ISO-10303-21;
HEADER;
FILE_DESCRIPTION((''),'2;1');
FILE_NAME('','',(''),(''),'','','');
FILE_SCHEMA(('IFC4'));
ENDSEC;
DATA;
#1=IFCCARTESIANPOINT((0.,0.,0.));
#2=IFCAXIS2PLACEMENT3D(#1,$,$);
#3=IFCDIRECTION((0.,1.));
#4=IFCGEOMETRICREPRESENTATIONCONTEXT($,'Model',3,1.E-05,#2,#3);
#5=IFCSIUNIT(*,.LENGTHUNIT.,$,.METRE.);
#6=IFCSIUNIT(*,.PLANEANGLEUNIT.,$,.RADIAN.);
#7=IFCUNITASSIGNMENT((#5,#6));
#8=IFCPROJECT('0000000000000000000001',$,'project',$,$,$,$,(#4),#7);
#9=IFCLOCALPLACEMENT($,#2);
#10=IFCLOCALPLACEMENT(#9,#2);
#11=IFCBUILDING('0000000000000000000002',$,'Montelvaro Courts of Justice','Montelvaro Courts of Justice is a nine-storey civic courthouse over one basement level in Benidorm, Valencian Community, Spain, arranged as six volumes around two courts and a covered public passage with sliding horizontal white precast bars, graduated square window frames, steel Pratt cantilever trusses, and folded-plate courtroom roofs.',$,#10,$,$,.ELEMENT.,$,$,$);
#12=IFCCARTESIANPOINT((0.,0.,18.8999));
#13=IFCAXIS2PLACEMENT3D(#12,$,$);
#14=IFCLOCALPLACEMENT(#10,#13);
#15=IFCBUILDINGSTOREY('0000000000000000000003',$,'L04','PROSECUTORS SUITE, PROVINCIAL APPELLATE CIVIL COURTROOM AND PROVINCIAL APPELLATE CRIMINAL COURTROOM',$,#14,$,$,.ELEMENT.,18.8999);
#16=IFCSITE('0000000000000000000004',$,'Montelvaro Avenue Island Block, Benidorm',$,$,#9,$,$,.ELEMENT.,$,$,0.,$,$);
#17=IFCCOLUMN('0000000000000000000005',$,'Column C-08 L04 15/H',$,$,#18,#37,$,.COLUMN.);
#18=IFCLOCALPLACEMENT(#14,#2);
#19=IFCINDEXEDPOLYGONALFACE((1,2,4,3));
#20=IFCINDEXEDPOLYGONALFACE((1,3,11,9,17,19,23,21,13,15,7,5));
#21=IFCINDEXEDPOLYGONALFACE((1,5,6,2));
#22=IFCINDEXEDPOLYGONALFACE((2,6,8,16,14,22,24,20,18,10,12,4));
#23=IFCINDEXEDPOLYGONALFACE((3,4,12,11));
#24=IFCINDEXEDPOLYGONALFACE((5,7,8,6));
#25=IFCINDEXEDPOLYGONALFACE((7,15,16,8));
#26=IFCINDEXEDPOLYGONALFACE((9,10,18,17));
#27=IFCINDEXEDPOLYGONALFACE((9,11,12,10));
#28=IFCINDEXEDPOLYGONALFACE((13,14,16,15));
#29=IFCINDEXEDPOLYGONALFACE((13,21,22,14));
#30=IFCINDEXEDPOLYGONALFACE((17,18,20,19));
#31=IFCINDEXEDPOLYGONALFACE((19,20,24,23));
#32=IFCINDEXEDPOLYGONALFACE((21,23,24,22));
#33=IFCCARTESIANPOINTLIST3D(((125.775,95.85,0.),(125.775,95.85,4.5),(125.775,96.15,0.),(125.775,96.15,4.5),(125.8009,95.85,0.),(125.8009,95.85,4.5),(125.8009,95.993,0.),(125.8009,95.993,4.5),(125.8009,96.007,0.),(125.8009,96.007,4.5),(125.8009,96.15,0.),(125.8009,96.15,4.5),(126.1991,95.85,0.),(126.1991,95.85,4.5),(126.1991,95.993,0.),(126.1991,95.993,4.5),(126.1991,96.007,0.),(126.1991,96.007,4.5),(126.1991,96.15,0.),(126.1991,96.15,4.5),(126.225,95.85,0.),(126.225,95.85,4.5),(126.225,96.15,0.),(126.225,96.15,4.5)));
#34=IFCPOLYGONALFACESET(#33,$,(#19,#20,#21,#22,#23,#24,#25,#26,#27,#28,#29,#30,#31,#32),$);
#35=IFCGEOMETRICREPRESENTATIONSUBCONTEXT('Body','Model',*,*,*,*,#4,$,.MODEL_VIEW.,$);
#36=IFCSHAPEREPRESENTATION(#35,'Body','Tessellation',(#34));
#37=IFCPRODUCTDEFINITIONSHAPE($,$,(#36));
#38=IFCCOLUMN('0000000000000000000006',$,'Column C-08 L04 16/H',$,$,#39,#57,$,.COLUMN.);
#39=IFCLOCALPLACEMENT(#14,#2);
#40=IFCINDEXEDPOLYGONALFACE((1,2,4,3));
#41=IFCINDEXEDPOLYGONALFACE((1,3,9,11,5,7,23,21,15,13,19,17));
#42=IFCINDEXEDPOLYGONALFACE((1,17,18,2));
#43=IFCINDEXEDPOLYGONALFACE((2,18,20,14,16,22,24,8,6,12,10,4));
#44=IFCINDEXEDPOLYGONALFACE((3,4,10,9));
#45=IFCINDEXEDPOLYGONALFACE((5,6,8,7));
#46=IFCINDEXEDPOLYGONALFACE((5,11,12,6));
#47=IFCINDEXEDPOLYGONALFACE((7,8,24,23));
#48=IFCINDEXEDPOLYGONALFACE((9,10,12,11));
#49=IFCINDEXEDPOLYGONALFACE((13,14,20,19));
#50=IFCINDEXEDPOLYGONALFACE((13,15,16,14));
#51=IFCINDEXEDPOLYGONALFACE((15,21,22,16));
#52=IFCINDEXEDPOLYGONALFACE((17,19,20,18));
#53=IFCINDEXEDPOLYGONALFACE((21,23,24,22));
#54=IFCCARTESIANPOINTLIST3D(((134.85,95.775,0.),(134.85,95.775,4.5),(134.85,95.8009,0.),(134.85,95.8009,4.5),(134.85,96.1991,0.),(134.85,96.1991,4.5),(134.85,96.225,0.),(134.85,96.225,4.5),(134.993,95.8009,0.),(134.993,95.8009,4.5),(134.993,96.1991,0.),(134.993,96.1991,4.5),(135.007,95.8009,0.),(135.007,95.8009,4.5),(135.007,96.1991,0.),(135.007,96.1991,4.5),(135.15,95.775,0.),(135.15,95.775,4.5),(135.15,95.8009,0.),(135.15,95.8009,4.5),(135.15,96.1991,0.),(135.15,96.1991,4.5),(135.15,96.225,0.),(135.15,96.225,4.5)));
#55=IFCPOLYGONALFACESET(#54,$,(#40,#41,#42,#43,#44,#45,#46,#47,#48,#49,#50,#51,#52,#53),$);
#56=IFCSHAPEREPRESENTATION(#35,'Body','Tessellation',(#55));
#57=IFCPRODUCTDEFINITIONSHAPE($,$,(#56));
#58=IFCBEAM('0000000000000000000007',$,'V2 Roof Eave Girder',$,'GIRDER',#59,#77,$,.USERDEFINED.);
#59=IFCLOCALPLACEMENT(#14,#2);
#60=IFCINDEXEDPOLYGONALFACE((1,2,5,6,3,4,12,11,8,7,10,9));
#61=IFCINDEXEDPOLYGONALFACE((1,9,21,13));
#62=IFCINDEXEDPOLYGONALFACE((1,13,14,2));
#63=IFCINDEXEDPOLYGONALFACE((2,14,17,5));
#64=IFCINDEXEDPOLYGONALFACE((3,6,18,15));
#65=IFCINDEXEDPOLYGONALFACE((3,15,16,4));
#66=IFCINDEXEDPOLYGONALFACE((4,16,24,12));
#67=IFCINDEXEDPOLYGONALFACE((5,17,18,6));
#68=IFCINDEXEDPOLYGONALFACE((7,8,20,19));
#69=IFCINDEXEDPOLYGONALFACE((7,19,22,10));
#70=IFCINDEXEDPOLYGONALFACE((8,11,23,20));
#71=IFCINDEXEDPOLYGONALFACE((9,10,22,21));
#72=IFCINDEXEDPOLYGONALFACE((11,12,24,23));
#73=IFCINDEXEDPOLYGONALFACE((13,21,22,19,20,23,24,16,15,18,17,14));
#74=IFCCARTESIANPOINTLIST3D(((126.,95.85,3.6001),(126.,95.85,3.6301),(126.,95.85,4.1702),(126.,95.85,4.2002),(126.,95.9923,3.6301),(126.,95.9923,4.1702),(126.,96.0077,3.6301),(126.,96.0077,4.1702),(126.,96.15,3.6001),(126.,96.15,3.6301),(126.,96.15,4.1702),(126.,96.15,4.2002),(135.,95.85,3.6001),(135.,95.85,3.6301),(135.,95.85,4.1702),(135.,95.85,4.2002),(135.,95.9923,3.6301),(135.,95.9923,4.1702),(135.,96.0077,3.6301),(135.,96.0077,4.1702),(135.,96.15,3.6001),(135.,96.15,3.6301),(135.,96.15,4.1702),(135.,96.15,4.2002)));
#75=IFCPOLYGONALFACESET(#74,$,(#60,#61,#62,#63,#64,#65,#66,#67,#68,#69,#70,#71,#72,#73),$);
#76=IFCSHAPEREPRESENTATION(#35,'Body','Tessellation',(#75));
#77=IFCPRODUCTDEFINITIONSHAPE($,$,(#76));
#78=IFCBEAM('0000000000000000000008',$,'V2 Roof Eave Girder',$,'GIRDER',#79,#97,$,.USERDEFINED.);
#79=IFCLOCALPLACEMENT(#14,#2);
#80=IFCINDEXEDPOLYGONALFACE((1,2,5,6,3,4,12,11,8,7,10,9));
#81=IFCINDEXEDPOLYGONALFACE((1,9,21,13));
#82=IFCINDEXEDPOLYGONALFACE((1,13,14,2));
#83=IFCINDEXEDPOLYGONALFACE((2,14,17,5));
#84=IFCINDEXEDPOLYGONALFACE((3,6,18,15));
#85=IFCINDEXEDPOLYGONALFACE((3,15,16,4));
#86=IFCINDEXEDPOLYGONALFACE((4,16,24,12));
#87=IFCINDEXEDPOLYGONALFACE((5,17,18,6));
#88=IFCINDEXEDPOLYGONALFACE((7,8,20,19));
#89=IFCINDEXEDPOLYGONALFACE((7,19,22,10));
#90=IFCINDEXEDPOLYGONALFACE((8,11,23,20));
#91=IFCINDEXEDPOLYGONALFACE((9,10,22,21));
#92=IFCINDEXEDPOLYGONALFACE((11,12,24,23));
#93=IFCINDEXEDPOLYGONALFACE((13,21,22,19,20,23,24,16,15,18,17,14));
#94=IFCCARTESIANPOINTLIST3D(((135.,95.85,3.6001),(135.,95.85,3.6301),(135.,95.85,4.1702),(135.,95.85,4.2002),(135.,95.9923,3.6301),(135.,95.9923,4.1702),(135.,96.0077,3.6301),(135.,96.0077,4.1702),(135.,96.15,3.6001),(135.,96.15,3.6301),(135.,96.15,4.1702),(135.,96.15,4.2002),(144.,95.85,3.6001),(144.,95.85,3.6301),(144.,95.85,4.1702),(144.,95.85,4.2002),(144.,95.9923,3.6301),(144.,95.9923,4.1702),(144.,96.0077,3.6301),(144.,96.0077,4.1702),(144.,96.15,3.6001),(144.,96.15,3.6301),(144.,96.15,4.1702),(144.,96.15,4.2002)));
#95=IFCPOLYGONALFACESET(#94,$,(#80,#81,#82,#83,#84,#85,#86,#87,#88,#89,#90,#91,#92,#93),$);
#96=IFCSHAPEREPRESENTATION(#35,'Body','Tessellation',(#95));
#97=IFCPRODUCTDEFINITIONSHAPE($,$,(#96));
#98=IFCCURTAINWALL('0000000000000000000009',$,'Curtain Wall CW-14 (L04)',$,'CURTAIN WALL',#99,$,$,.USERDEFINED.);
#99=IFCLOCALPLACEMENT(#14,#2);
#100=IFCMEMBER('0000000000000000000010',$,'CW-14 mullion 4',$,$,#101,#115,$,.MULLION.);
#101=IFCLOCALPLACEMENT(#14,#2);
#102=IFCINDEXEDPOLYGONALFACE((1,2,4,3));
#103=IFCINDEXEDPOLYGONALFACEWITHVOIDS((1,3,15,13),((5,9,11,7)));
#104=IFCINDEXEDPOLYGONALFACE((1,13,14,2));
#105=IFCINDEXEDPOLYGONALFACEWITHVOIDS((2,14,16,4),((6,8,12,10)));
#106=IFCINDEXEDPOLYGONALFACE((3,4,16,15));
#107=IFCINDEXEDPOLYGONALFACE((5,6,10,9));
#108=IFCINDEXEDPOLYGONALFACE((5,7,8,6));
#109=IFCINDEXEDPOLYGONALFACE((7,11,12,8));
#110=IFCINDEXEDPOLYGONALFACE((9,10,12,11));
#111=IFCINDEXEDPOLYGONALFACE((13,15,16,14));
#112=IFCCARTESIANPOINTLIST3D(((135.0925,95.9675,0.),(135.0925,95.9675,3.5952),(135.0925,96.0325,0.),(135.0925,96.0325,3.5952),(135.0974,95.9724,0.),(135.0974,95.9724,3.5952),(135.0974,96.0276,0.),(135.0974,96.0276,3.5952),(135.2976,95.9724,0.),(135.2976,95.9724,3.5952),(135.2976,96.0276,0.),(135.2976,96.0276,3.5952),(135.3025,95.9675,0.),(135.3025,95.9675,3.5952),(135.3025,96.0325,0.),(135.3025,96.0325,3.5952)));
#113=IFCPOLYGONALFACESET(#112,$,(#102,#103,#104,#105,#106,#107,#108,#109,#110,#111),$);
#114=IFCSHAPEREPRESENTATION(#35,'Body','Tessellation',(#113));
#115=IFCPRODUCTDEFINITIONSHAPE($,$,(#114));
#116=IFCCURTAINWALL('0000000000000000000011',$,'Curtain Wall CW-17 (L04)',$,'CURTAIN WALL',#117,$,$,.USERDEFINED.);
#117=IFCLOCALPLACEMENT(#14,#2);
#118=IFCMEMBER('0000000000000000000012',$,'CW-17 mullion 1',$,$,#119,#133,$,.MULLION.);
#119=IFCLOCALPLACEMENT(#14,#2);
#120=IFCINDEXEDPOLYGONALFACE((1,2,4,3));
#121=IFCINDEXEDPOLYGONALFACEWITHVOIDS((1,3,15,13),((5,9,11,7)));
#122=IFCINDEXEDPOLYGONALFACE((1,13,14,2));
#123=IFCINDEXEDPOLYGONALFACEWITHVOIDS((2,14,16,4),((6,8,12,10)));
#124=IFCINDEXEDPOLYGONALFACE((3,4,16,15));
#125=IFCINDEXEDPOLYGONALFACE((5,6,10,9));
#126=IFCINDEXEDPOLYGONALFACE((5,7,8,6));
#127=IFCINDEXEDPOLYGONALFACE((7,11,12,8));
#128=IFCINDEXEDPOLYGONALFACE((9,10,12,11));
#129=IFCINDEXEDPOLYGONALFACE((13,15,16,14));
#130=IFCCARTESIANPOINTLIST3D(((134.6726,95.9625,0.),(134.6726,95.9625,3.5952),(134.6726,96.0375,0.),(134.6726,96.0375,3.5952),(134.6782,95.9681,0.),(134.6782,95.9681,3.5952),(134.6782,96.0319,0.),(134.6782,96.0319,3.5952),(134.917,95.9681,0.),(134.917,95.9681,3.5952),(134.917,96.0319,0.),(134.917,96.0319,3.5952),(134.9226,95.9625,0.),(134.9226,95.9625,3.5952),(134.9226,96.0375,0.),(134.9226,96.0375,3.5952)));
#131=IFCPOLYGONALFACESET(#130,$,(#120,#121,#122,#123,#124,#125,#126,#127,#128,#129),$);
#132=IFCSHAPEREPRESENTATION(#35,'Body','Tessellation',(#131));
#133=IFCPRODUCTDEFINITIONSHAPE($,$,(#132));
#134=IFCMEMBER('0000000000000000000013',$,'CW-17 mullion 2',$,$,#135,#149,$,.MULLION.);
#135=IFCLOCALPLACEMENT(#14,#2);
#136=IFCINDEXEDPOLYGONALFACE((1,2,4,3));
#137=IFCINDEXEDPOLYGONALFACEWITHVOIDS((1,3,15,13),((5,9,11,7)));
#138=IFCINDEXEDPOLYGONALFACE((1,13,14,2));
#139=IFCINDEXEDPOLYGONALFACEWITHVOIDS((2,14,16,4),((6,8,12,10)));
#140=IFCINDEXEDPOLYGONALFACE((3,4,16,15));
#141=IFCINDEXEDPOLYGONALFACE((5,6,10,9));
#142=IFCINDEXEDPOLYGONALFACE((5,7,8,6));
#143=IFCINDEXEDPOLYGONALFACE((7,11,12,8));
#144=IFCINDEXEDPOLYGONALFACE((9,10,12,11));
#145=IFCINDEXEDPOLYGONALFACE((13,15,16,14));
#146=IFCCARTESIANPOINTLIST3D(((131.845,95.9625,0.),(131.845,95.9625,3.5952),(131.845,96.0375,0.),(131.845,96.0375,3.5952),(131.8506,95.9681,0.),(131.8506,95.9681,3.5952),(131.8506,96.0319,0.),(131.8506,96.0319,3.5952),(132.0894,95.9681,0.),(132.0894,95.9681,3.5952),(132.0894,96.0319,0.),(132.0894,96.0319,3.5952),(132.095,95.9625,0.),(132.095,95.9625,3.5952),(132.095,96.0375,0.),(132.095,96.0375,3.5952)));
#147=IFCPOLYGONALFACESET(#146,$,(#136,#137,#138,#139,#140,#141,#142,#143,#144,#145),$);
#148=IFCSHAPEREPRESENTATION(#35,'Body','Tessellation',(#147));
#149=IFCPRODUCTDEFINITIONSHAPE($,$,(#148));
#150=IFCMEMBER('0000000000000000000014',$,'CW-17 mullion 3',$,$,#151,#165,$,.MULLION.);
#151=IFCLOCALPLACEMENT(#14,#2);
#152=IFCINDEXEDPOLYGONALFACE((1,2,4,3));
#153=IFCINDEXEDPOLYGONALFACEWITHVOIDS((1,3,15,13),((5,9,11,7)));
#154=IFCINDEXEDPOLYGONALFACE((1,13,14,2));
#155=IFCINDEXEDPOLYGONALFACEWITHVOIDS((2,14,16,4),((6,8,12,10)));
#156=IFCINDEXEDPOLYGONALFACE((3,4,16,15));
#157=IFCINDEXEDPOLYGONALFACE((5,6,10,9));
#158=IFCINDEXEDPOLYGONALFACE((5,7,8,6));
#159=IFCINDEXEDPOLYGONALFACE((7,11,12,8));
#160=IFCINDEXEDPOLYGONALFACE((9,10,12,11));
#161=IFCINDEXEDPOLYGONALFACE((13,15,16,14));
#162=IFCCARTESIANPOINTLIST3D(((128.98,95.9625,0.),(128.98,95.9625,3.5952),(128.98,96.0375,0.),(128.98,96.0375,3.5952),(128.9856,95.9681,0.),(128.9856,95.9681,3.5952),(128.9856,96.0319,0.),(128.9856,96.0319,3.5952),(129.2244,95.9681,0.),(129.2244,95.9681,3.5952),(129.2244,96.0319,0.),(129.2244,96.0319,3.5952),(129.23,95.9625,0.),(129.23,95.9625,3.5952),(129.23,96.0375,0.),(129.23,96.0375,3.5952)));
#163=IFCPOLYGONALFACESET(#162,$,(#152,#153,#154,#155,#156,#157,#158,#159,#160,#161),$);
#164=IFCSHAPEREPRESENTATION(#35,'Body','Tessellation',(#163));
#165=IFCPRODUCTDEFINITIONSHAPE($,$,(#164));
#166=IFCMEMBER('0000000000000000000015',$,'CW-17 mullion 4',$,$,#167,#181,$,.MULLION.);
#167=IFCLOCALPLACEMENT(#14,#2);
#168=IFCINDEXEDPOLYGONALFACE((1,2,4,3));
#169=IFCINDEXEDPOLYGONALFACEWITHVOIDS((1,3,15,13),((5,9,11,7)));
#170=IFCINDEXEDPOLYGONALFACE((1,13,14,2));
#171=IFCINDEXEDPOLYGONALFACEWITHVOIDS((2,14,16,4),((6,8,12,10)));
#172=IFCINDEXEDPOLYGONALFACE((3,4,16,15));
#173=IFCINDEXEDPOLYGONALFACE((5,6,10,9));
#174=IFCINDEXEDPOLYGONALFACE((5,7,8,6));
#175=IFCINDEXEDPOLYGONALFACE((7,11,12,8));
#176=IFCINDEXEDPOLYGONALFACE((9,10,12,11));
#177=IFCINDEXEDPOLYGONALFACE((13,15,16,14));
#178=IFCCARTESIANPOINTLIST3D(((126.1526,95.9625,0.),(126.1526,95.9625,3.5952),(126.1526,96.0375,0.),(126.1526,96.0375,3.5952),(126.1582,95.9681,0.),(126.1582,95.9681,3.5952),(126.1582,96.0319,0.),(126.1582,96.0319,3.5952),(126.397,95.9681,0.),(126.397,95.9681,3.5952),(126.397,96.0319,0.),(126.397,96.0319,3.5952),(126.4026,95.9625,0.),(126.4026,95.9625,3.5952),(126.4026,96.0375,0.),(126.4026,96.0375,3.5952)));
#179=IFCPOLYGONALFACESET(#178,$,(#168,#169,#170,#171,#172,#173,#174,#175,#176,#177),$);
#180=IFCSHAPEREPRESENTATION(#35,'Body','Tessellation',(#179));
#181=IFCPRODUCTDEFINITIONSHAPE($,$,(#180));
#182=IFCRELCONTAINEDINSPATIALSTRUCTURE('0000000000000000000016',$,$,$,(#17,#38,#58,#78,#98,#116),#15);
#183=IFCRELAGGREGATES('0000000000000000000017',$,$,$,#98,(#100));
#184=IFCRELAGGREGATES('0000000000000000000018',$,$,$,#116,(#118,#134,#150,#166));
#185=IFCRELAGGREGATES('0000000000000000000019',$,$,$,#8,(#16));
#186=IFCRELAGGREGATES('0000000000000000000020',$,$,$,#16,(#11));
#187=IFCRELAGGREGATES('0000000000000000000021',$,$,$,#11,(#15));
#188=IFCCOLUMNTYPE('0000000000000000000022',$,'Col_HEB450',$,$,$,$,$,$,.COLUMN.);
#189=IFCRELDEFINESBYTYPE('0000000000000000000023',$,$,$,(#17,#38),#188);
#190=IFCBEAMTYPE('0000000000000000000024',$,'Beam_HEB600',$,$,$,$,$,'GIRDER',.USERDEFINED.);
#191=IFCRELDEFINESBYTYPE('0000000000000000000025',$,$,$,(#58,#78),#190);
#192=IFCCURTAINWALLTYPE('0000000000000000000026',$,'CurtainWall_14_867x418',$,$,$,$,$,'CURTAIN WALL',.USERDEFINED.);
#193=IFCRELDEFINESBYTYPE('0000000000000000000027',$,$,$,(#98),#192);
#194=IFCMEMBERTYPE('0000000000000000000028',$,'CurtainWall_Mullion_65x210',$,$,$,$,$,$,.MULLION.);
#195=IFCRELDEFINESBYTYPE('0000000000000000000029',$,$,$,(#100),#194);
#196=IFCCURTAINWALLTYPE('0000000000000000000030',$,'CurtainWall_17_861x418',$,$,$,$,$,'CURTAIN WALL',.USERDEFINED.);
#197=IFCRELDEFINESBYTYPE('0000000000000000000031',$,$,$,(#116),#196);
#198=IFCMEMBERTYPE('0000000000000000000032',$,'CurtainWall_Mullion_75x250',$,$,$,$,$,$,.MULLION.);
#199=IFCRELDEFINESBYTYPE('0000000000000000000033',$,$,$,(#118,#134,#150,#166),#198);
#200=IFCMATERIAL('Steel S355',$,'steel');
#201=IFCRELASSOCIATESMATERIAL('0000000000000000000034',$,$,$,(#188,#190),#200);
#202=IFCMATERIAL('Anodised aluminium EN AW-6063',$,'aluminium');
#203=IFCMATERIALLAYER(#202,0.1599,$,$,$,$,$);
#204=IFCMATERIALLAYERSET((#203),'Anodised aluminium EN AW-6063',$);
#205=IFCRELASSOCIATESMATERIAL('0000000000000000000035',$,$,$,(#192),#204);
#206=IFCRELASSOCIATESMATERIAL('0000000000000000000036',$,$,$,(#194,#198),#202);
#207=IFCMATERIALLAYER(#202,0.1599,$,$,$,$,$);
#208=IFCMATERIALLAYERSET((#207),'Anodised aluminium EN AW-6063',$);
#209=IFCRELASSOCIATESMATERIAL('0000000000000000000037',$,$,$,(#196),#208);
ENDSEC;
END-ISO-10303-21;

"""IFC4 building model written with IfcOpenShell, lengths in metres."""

from ifc_helpers import new_model, si_unit, direction, frame, origin, origin_2d, place, context, subcontext, project, spatial, hollow_rectangle, i_section, extrude, material, layer, layer_set, material_profile, profile_set, type_object, element, aggregate, save


model = new_model("IFC4")

# Units and contexts
model_context = context("Model", 3, precision=1e-05, world=origin(), true_north=direction((0.0, 1.0)))
body_context = subcontext(model_context, "Body", "Model", "MODEL_VIEW")
ifc_project = project(units=[si_unit("LENGTHUNIT", "METRE"), si_unit("PLANEANGLEUNIT", "RADIAN")], contexts=[model_context])

# Site, building, storey
site_placement = place(None, origin())
site = spatial("IfcSite", under=ifc_project, at=site_placement, Name="Montelvaro Avenue Island Block, Benidorm", CompositionType="ELEMENT", RefElevation=0.0)
building_placement = place(site_placement, origin())
building = spatial("IfcBuilding", under=site, at=building_placement, Name="Montelvaro Courts of Justice", Description="Montelvaro Courts of Justice is a nine-storey civic courthouse over one basement level in Benidorm, Valencian Community, Spain, arranged as six volumes around two courts and a covered public passage with sliding horizontal white precast bars, graduated square window frames, steel Pratt cantilever trusses, and folded-plate courtroom roofs.", CompositionType="ELEMENT")
storey_placement = place(building_placement, frame((0.0, 0.0, 18.8999)))
storey = spatial("IfcBuildingStorey", under=building, at=storey_placement, Name="L04", Description="PROSECUTORS SUITE, PROVINCIAL APPELLATE CIVIL COURTROOM AND PROVINCIAL APPELLATE CRIMINAL COURTROOM", CompositionType="ELEMENT", Elevation=18.8999)

# Columns
ifc_material_1 = material(Name="Steel S355", Category="steel")
ifc_material_profile_1 = material_profile(ifc_material_1, i_section(OverallWidth=0.3, OverallDepth=0.45, WebThickness=0.0139, FlangeThickness=0.0259, at=origin_2d()), Name="HEB 450")
ifc_profile_set_1 = profile_set([ifc_material_profile_1], Name="Steel S355")
column_type = type_object("IfcColumnType", Name="Col_HEB450", PredefinedType="COLUMN", material=ifc_profile_set_1)
for number, where, z_axis, x_axis, name in (
    (1, (126.0, 96.0, 0.0), (0.0, 0.0, 1.0), (0.0, 1.0, 0.0), "Column C-08 L04 15/H"),
    (2, (135.0, 96.0, 0.0), (0.0, 0.0, 1.0), (1.0, 0.0, 0.0), "Column C-08 L04 16/H"),
):
    element("IfcColumn", number, at=place(storey_placement, frame(where, z_axis=z_axis, x_axis=x_axis)), inside=storey, type_object=column_type, Name=name, PredefinedType="COLUMN", context=body_context, shape_type="SweptSolid", body=[
        extrude(i_section(OverallWidth=0.3, OverallDepth=0.45, WebThickness=0.0139, FlangeThickness=0.0259, at=origin_2d()), origin(), (0.0, 0.0, 1.0), 4.5),
    ])

# Beams
ifc_material_profile_2 = material_profile(ifc_material_1, i_section(OverallWidth=0.3, OverallDepth=0.6001, WebThickness=0.0154, FlangeThickness=0.03, at=origin_2d()), Name="HEB 600")
ifc_profile_set_2 = profile_set([ifc_material_profile_2], Name="Steel S355")
beam_type = type_object("IfcBeamType", Name="Beam_HEB600", ElementType="GIRDER", PredefinedType="USERDEFINED", material=ifc_profile_set_2)
for number, where, z_axis, x_axis, name in (
    (3, (126.0, 96.0, 3.9001), (1.0, 0.0, 0.0), (0.0, 1.0, 0.0), "V2 Roof Eave Girder"),
    (4, (135.0, 96.0, 3.9001), (1.0, 0.0, 0.0), (0.0, 1.0, 0.0), "V2 Roof Eave Girder"),
):
    element("IfcBeam", number, at=place(storey_placement, frame(where, z_axis=z_axis, x_axis=x_axis)), inside=storey, type_object=beam_type, Name=name, ObjectType="GIRDER", PredefinedType="USERDEFINED", context=body_context, shape_type="SweptSolid", body=[
        extrude(i_section(OverallWidth=0.3, OverallDepth=0.6001, WebThickness=0.0154, FlangeThickness=0.03, at=origin_2d()), origin(), (0.0, 0.0, 1.0), 9.0),
    ])

# Curtain wall, member
ifc_material_2 = material(Name="Anodised aluminium EN AW-6063", Category="aluminium")
ifc_layer_1 = layer(ifc_material_2, 0.1599)
ifc_layer_set_1 = layer_set([ifc_layer_1], Name="Anodised aluminium EN AW-6063")
curtain_wall_type_1 = type_object("IfcCurtainWallType", Name="CurtainWall_14_867x418", ElementType="CURTAIN WALL", PredefinedType="USERDEFINED", material=ifc_layer_set_1)
curtain_wall_1_placement = place(storey_placement, origin())
curtain_wall_1 = element("IfcCurtainWall", 5, at=curtain_wall_1_placement, inside=storey, type_object=curtain_wall_type_1, Name="Curtain Wall CW-14 (L04)", ObjectType="CURTAIN WALL", PredefinedType="USERDEFINED")
ifc_material_profile_3 = material_profile(ifc_material_2, hollow_rectangle(XDim=0.0649, YDim=0.21, WallThickness=0.0049, at=origin_2d()), Name="ALU-M 65x210")
ifc_profile_set_3 = profile_set([ifc_material_profile_3], Name="Anodised aluminium EN AW-6063")
member_type_1 = type_object("IfcMemberType", Name="CurtainWall_Mullion_65x210", PredefinedType="MULLION", material=ifc_profile_set_3)
member_1_placement = place(storey_placement, frame((135.1975, 96.0, 0.0), z_axis=(0.0, 0.0, 1.0), x_axis=(0.0, -1.0, 0.0)))
member_1 = element("IfcMember", 6, at=member_1_placement, type_object=member_type_1, Name="CW-14 mullion 4", PredefinedType="MULLION", context=body_context, shape_type="SweptSolid", body=[
    extrude(hollow_rectangle(XDim=0.0649, YDim=0.21, WallThickness=0.0049, at=origin_2d()), origin(), (0.0, 0.0, 1.0), 3.5952),
])
aggregate(curtain_wall_1, [member_1])

# Curtain wall, members
ifc_layer_2 = layer(ifc_material_2, 0.1599)
ifc_layer_set_2 = layer_set([ifc_layer_2], Name="Anodised aluminium EN AW-6063")
curtain_wall_type_2 = type_object("IfcCurtainWallType", Name="CurtainWall_17_861x418", ElementType="CURTAIN WALL", PredefinedType="USERDEFINED", material=ifc_layer_set_2)
curtain_wall_2_placement = place(storey_placement, origin())
curtain_wall_2 = element("IfcCurtainWall", 7, at=curtain_wall_2_placement, inside=storey, type_object=curtain_wall_type_2, Name="Curtain Wall CW-17 (L04)", ObjectType="CURTAIN WALL", PredefinedType="USERDEFINED")
ifc_material_profile_4 = material_profile(ifc_material_2, hollow_rectangle(XDim=0.075, YDim=0.25, WallThickness=0.0056, at=origin_2d()), Name="ALU-M 75x250")
ifc_profile_set_4 = profile_set([ifc_material_profile_4], Name="Anodised aluminium EN AW-6063")
member_type_2 = type_object("IfcMemberType", Name="CurtainWall_Mullion_75x250", PredefinedType="MULLION", material=ifc_profile_set_4)
member_2_placement = place(storey_placement, frame((134.7976, 96.0, 0.0), z_axis=(0.0, 0.0, 1.0), x_axis=(0.0, -1.0, 0.0)))
member_2 = element("IfcMember", 8, at=member_2_placement, type_object=member_type_2, Name="CW-17 mullion 1", PredefinedType="MULLION", context=body_context, shape_type="SweptSolid", body=[
    extrude(hollow_rectangle(XDim=0.075, YDim=0.25, WallThickness=0.0056, at=origin_2d()), origin(), (0.0, 0.0, 1.0), 3.5952),
])
member_3_placement = place(storey_placement, frame((131.97, 96.0, 0.0), z_axis=(0.0, 0.0, 1.0), x_axis=(0.0, -1.0, 0.0)))
member_3 = element("IfcMember", 9, at=member_3_placement, type_object=member_type_2, Name="CW-17 mullion 2", PredefinedType="MULLION", context=body_context, shape_type="SweptSolid", body=[
    extrude(hollow_rectangle(XDim=0.075, YDim=0.25, WallThickness=0.0056, at=origin_2d()), origin(), (0.0, 0.0, 1.0), 3.5952),
])
member_4_placement = place(storey_placement, frame((129.105, 96.0, 0.0), z_axis=(0.0, 0.0, 1.0), x_axis=(0.0, -1.0, 0.0)))
member_4 = element("IfcMember", 10, at=member_4_placement, type_object=member_type_2, Name="CW-17 mullion 3", PredefinedType="MULLION", context=body_context, shape_type="SweptSolid", body=[
    extrude(hollow_rectangle(XDim=0.075, YDim=0.25, WallThickness=0.0056, at=origin_2d()), origin(), (0.0, 0.0, 1.0), 3.5952),
])
member_5_placement = place(storey_placement, frame((126.2776, 96.0, 0.0), z_axis=(0.0, 0.0, 1.0), x_axis=(0.0, -1.0, 0.0)))
member_5 = element("IfcMember", 11, at=member_5_placement, type_object=member_type_2, Name="CW-17 mullion 4", PredefinedType="MULLION", context=body_context, shape_type="SweptSolid", body=[
    extrude(hollow_rectangle(XDim=0.075, YDim=0.25, WallThickness=0.0056, at=origin_2d()), origin(), (0.0, 0.0, 1.0), 3.5952),
])

aggregate(curtain_wall_2, [member_2, member_3, member_4, member_5])

save(model, "model.ifc")
